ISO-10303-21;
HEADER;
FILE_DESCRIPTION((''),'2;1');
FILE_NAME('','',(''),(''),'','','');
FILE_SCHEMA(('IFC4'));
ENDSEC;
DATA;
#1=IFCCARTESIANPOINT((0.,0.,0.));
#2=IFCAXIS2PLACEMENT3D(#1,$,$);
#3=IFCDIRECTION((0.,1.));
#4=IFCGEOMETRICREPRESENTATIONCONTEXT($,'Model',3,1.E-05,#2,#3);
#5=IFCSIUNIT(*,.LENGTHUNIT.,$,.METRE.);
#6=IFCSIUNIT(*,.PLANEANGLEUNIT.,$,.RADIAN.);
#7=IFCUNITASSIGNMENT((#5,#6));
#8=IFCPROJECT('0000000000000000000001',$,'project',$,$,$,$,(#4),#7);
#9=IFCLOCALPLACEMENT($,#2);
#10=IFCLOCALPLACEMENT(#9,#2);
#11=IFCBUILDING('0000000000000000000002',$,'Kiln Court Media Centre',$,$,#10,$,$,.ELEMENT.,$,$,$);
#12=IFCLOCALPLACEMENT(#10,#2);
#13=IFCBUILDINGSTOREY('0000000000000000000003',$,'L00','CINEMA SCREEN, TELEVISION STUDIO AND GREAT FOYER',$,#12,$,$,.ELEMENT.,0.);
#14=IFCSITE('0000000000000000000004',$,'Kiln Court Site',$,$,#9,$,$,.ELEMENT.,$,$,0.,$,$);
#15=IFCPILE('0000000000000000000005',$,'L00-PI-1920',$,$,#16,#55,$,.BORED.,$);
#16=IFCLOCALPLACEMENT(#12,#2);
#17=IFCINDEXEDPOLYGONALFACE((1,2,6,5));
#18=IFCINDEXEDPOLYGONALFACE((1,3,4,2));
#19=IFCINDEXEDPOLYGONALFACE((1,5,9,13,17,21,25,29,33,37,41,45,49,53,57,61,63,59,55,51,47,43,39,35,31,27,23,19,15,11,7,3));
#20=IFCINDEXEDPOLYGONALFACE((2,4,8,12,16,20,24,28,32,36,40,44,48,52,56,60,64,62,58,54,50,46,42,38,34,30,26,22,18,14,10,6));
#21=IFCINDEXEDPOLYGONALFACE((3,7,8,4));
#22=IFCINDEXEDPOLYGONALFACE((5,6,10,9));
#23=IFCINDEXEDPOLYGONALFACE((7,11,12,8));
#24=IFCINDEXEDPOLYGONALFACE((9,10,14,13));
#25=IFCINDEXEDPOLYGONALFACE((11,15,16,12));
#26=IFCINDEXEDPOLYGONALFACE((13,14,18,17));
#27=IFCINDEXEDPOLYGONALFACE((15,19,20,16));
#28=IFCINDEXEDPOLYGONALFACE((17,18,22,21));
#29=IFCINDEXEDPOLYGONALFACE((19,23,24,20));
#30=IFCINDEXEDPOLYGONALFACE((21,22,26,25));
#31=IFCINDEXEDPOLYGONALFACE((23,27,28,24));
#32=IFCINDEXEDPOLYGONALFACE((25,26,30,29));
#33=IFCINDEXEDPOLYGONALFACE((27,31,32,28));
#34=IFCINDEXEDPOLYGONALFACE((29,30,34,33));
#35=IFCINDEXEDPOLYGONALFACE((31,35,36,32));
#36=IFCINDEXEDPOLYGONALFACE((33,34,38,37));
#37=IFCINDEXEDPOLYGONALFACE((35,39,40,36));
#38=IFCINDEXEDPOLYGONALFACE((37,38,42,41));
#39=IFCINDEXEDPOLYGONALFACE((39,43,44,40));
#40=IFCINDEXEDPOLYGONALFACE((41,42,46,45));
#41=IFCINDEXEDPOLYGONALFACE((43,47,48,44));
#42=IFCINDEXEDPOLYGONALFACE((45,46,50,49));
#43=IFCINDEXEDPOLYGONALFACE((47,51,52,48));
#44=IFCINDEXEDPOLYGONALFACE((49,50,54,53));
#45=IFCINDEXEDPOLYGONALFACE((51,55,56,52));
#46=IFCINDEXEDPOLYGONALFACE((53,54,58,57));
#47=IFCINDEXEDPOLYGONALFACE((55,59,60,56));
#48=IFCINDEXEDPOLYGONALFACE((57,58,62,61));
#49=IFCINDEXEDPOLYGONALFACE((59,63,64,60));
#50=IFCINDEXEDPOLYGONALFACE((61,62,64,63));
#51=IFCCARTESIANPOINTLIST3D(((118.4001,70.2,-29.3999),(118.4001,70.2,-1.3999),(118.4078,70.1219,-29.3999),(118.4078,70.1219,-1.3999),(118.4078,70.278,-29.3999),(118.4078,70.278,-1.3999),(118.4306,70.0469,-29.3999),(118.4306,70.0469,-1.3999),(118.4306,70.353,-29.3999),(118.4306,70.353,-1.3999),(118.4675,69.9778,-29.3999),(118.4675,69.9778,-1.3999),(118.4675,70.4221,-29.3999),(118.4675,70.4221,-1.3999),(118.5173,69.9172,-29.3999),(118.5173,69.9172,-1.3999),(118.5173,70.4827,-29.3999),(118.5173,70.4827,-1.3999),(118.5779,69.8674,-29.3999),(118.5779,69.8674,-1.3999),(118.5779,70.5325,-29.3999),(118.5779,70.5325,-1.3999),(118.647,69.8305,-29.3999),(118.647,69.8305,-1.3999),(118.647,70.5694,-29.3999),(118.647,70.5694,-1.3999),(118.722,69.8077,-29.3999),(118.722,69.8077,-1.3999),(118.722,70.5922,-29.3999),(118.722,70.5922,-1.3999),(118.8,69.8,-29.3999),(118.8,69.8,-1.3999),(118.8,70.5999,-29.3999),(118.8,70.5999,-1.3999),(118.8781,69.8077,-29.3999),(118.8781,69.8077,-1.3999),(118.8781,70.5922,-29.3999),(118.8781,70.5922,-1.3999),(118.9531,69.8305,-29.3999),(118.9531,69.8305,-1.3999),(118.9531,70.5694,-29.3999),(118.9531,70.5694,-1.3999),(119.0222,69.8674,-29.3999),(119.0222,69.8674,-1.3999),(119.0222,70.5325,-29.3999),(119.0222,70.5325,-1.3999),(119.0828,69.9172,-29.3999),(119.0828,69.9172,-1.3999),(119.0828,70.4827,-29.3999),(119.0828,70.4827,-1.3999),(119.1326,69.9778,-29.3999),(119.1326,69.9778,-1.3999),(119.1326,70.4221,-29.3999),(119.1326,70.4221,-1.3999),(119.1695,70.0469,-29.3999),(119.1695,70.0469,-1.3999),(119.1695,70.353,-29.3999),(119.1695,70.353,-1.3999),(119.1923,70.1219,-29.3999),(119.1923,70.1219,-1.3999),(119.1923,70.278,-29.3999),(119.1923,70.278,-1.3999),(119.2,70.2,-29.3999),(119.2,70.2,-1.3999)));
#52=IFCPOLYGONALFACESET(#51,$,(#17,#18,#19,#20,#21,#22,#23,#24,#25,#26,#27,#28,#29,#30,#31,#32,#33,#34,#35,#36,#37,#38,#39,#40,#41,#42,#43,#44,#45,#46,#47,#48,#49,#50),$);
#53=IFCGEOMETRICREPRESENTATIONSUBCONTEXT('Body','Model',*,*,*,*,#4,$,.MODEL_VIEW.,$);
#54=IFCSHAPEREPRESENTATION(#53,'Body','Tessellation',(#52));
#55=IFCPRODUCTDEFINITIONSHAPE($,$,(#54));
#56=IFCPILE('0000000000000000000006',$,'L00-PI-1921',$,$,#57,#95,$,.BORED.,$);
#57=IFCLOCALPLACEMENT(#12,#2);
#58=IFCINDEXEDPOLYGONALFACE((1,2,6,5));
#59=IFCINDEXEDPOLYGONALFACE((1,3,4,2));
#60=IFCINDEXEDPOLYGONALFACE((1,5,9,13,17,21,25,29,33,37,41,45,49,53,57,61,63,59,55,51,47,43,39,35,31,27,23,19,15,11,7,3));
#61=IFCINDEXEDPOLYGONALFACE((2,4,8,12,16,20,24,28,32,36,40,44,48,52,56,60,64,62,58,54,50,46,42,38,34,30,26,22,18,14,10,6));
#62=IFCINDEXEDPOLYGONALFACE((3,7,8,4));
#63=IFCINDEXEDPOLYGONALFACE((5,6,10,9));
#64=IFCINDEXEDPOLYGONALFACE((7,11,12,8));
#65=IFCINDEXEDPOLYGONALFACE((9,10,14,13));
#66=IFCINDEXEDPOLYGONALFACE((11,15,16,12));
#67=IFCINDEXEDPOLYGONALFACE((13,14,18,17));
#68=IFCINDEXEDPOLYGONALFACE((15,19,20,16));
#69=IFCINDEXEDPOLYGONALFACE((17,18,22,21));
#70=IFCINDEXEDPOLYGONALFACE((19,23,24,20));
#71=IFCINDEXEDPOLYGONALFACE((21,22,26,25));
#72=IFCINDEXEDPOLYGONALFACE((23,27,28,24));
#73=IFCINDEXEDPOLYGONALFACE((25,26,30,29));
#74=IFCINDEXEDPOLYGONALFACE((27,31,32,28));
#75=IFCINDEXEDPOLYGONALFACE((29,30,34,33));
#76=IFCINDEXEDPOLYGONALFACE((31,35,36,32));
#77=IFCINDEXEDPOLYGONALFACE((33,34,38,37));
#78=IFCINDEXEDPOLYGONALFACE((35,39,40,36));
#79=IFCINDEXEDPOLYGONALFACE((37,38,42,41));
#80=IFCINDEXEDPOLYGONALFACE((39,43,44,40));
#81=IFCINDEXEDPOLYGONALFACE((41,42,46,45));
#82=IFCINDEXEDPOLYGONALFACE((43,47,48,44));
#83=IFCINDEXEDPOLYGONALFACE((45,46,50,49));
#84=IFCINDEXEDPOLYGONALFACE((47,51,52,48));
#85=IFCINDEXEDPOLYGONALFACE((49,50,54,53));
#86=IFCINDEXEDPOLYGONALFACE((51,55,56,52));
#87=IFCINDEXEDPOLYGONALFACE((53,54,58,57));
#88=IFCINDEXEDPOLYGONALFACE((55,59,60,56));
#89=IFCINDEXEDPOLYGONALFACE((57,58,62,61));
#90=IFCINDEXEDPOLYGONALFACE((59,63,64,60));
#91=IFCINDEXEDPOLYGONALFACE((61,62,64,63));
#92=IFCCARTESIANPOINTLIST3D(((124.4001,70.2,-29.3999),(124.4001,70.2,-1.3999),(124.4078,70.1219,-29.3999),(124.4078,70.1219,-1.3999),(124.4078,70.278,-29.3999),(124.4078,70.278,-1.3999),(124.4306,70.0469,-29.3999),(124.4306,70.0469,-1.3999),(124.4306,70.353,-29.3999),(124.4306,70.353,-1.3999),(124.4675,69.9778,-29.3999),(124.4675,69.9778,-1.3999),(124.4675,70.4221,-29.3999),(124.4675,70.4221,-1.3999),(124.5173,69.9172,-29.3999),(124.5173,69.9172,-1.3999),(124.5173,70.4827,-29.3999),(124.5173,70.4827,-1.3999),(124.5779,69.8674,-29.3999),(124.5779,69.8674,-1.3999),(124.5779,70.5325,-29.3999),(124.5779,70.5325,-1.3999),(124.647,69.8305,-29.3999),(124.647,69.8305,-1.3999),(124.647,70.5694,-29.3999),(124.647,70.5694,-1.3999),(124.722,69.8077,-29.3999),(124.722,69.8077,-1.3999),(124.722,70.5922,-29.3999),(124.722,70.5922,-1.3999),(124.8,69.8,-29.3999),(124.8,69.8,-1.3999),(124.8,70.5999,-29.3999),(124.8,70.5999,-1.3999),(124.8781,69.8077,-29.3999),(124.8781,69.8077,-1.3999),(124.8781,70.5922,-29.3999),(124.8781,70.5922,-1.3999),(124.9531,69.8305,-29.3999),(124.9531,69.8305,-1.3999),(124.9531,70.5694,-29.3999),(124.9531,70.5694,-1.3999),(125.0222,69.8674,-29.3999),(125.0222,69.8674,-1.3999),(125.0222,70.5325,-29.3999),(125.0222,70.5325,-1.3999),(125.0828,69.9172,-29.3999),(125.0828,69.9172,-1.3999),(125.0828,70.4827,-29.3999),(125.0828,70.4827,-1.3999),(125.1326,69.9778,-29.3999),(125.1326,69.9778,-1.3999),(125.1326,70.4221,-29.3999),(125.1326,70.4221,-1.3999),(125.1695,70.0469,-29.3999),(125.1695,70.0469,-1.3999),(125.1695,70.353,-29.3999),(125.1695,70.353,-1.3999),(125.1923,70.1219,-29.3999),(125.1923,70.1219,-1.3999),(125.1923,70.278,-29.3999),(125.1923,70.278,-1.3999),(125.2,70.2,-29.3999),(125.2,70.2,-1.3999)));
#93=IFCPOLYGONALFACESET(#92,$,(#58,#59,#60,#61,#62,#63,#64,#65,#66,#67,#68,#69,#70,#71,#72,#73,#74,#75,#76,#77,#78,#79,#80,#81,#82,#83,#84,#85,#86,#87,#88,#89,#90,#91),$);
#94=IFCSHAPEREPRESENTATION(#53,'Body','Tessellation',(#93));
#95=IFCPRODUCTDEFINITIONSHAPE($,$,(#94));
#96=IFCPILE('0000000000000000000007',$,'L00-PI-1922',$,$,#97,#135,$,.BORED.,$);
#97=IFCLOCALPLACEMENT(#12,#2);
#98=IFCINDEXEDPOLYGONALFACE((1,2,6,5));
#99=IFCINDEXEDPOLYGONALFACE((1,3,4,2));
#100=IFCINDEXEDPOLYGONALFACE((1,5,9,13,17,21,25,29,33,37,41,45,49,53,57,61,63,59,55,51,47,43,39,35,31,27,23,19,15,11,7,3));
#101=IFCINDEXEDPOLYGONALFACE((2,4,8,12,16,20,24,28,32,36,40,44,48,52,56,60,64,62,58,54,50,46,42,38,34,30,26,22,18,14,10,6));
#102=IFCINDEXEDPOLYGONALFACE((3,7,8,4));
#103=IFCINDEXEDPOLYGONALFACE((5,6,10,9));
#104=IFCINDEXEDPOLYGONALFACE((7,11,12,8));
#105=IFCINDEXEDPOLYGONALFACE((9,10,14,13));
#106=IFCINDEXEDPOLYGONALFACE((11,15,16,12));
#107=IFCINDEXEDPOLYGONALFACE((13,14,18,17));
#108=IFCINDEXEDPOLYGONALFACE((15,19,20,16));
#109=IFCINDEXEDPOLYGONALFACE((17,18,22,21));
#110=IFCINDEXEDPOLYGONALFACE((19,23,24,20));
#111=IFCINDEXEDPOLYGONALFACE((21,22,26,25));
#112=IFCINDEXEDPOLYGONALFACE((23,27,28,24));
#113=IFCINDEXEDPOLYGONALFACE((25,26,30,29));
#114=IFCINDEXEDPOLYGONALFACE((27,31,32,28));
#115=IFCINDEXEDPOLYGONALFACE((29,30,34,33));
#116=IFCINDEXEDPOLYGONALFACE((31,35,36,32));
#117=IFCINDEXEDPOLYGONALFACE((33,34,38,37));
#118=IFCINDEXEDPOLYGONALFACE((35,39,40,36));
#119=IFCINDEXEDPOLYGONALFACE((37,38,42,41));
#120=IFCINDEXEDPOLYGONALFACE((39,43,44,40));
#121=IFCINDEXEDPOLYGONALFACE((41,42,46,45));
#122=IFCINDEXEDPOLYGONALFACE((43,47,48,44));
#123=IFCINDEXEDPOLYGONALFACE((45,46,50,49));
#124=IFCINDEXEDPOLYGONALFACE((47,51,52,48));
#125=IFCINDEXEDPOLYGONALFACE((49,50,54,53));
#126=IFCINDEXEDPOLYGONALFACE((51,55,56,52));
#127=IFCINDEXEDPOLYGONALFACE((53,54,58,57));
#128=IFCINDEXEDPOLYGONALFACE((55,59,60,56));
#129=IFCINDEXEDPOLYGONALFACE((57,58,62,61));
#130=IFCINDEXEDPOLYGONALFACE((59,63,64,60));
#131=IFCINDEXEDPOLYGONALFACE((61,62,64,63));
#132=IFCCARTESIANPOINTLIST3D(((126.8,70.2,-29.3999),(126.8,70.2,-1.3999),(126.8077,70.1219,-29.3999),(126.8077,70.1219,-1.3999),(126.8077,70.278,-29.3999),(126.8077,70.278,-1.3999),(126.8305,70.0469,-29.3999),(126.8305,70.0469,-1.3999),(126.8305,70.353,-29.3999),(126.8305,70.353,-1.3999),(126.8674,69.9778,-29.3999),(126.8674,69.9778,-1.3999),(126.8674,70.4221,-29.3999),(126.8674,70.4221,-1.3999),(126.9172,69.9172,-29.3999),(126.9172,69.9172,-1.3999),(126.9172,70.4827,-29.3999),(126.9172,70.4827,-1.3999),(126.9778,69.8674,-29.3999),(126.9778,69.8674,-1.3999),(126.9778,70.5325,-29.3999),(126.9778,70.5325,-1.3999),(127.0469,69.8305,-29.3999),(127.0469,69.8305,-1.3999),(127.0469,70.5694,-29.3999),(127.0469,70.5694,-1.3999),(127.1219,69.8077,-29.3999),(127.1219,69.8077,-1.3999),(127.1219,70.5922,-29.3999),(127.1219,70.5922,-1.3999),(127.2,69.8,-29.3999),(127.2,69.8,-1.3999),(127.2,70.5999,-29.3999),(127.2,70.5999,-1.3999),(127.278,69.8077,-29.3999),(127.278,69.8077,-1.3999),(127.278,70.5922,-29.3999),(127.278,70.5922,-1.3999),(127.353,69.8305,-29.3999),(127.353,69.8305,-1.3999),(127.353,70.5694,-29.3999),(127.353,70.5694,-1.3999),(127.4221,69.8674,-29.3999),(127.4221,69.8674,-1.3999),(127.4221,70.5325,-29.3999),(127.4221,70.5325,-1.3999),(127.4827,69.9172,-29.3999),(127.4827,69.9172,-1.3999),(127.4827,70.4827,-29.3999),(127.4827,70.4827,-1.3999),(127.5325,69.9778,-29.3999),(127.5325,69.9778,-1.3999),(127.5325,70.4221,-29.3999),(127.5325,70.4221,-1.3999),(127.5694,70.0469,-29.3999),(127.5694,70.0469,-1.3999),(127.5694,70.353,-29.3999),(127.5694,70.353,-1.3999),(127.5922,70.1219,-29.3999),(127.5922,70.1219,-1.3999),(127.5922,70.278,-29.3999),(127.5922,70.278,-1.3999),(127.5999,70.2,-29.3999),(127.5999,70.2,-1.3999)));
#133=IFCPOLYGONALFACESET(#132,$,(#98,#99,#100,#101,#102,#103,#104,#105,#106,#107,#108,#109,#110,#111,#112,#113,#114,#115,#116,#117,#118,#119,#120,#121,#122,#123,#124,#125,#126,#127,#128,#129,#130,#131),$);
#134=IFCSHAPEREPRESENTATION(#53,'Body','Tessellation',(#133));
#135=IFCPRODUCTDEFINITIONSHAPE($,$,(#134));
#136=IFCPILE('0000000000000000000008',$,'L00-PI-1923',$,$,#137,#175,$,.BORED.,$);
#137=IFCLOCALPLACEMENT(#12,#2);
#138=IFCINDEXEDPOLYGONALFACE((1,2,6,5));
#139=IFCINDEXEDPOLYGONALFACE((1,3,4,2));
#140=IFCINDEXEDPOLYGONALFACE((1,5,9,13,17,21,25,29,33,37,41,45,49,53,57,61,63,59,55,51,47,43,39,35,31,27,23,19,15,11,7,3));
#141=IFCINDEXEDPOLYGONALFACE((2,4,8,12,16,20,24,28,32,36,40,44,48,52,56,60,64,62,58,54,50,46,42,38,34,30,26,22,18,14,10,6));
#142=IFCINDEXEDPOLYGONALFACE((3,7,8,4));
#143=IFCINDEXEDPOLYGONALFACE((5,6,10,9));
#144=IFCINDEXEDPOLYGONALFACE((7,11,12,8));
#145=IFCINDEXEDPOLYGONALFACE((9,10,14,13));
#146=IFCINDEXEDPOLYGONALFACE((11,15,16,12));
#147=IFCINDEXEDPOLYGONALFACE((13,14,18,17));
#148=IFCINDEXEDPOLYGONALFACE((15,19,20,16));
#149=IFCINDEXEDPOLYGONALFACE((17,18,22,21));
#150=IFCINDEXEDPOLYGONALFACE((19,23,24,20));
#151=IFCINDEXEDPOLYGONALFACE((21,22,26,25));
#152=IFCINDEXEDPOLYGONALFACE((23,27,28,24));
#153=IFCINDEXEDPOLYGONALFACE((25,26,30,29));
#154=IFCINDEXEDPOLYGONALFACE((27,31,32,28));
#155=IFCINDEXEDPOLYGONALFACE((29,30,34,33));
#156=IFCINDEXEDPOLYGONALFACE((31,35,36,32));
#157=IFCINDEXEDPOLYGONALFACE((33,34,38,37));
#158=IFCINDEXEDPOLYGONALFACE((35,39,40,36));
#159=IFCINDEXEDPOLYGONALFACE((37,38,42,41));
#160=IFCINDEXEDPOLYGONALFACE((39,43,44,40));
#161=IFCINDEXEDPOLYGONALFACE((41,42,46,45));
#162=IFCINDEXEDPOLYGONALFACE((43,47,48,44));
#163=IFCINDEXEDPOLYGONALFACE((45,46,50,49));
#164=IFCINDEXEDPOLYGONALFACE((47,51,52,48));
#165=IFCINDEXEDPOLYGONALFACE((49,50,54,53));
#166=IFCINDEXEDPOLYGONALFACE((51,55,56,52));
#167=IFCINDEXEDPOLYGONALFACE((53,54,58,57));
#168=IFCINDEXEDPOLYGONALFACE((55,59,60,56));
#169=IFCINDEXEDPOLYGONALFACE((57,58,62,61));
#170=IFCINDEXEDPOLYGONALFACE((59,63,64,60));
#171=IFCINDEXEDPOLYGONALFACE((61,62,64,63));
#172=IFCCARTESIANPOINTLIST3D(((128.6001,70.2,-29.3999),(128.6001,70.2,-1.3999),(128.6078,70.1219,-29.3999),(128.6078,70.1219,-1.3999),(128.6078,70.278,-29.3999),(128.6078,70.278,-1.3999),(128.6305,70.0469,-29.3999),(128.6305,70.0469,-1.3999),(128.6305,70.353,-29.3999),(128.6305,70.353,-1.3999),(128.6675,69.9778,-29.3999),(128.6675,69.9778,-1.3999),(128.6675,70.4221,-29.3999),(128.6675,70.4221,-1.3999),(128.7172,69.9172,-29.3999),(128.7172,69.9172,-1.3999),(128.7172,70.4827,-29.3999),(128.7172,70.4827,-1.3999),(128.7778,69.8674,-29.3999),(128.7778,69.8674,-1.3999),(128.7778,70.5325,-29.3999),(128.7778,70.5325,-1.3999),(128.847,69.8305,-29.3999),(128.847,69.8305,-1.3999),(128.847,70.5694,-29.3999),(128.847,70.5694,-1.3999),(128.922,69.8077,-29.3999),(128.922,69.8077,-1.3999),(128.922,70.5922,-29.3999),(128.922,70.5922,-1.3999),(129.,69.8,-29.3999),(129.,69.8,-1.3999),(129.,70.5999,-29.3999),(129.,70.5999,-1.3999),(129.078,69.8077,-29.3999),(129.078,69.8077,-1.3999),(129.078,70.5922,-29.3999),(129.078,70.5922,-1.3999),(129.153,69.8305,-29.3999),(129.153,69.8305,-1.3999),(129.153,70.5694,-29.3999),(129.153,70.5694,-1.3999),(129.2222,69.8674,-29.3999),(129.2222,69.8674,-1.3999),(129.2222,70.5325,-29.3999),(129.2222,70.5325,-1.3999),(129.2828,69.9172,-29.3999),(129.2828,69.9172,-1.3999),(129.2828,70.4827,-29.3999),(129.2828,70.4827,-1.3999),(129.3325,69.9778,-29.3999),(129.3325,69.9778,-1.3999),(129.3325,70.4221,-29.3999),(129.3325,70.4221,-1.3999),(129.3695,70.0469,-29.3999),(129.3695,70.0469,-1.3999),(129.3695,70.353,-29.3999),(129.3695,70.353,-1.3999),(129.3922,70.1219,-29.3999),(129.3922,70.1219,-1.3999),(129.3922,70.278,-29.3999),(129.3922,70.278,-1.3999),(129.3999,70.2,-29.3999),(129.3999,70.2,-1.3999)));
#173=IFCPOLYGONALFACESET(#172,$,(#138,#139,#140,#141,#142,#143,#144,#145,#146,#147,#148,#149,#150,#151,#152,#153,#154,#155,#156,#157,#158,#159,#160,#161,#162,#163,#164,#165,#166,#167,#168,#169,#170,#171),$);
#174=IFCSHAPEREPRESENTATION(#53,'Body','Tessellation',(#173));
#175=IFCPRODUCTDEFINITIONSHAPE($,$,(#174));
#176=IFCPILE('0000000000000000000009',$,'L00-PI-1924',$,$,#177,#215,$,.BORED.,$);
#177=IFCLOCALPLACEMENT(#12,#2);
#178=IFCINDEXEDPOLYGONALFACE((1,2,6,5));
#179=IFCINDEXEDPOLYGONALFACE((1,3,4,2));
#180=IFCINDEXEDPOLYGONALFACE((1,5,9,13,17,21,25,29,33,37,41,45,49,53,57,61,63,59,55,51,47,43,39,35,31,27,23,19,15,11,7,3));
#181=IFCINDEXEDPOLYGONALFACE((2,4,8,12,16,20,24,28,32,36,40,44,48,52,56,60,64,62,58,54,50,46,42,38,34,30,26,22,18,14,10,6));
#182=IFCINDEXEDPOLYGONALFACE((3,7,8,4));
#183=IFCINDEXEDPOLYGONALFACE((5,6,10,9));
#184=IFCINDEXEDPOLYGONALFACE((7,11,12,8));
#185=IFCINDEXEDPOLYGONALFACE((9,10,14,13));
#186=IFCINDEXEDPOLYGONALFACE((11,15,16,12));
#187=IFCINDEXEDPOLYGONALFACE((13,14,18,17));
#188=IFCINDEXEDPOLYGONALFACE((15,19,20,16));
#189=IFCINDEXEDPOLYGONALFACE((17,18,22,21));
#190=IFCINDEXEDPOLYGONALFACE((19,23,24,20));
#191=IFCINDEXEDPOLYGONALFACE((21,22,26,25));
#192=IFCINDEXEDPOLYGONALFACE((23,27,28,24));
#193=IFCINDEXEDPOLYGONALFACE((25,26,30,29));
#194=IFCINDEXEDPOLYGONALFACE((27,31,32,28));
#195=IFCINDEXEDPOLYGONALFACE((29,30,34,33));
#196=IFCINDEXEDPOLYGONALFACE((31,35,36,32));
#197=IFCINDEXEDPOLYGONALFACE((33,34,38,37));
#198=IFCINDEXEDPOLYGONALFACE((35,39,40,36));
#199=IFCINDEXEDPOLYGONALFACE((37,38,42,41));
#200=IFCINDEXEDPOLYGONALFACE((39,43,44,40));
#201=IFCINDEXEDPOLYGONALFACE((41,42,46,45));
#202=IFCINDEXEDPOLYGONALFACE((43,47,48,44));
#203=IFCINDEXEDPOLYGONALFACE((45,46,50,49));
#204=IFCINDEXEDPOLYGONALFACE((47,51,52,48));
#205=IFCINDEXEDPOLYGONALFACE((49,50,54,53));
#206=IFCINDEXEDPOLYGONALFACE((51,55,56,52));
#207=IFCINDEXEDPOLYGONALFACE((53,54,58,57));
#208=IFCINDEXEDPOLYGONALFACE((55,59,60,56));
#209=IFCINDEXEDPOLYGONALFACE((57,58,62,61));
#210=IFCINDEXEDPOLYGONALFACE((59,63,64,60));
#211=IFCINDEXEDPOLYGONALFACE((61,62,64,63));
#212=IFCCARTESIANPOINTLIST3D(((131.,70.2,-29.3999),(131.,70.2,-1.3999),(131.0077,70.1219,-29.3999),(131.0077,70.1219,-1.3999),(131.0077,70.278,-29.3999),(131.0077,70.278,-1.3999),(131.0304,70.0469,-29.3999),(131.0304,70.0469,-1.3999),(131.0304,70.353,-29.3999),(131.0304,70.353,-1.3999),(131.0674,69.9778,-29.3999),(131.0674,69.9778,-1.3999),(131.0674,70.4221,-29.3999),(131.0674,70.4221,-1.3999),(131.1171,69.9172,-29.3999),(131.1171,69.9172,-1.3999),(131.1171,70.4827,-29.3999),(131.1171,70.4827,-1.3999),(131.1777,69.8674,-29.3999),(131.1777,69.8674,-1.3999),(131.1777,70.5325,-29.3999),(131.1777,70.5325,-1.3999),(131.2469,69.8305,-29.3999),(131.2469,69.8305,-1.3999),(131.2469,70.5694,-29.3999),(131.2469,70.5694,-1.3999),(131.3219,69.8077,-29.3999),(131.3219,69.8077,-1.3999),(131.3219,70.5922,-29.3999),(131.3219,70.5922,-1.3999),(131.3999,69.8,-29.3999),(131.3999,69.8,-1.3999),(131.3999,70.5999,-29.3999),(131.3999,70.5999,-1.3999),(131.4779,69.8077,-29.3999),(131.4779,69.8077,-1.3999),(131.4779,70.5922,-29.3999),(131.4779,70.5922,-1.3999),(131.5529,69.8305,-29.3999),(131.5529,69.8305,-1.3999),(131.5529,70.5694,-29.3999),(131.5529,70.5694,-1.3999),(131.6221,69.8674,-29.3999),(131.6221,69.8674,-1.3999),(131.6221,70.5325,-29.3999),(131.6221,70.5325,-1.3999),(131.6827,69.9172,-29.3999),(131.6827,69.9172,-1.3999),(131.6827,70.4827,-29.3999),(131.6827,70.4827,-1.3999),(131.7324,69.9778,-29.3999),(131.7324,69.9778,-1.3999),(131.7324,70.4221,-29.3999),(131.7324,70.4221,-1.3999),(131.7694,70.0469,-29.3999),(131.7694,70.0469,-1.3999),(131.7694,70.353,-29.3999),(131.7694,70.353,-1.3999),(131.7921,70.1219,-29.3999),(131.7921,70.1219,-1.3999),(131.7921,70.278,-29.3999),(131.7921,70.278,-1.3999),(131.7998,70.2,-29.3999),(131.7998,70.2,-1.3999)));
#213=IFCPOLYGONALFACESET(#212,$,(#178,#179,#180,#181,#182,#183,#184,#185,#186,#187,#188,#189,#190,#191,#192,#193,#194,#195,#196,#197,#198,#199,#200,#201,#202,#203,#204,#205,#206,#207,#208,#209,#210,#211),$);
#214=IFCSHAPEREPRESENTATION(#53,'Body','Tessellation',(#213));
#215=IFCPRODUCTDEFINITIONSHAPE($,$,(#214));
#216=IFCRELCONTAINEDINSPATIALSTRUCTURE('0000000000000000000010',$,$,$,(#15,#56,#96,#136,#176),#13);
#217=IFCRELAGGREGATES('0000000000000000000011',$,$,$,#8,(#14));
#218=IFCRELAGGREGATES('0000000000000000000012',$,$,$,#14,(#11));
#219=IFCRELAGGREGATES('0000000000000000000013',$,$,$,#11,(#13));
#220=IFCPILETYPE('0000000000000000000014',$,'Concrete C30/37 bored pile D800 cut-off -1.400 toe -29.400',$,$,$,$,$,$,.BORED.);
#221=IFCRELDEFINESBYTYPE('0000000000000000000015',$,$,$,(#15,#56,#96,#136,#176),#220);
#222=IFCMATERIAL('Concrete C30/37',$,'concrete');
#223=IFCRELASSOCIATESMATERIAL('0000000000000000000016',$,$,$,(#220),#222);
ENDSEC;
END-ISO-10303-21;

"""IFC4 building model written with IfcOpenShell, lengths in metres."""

from ifc_helpers import new_model, si_unit, direction, frame, origin, origin_2d, place, context, subcontext, project, spatial, circle, extrude, material, material_profile, profile_set, type_object, element, save


model = new_model("IFC4")

# Units and contexts
model_context = context("Model", 3, precision=1e-05, world=origin(), true_north=direction((0.0, 1.0)))
body_context = subcontext(model_context, "Body", "Model", "MODEL_VIEW")
ifc_project = project(units=[si_unit("LENGTHUNIT", "METRE"), si_unit("PLANEANGLEUNIT", "RADIAN")], contexts=[model_context])

# Site, building, storey
site_placement = place(None, origin())
site = spatial("IfcSite", under=ifc_project, at=site_placement, Name="Kiln Court Site", CompositionType="ELEMENT", RefElevation=0.0)
building_placement = place(site_placement, origin())
building = spatial("IfcBuilding", under=site, at=building_placement, Name="Kiln Court Media Centre", CompositionType="ELEMENT")
storey_placement = place(building_placement, origin())
storey = spatial("IfcBuildingStorey", under=building, at=storey_placement, Name="L00", Description="CINEMA SCREEN, TELEVISION STUDIO AND GREAT FOYER", CompositionType="ELEMENT", Elevation=0.0)

# Piles
ifc_material_1 = material(Name="Concrete C30/37", Category="concrete")
ifc_material_profile_1 = material_profile(ifc_material_1, circle(Radius=0.3999, at=origin_2d()), Name="PILE D800")
ifc_profile_set_1 = profile_set([ifc_material_profile_1], Name="Concrete C30/37")
pile_type = type_object("IfcPileType", Name="Concrete C30/37 bored pile D800 cut-off -1.400 toe -29.400", PredefinedType="BORED", material=ifc_profile_set_1)
for number, where, z_axis, x_axis, name in (
    (1, (118.8, 70.2, -1.3999), (0.0, 0.0, -1.0), (1.0, 0.0, 0.0), "L00-PI-1920"),
    (2, (124.8, 70.2, -1.3999), (0.0, 0.0, -1.0), (1.0, 0.0, 0.0), "L00-PI-1921"),
    (3, (127.2, 70.2, -1.3999), (0.0, 0.0, -1.0), (1.0, 0.0, 0.0), "L00-PI-1922"),
    (4, (129.0, 70.2, -1.3999), (0.0, 0.0, -1.0), (1.0, 0.0, 0.0), "L00-PI-1923"),
    (5, (131.3999, 70.2, -1.3999), (0.0, 0.0, -1.0), (1.0, 0.0, 0.0), "L00-PI-1924"),
):
    element("IfcPile", number, at=place(storey_placement, frame(where, z_axis=z_axis, x_axis=x_axis)), inside=storey, type_object=pile_type, Name=name, PredefinedType="BORED", context=body_context, shape_type="SweptSolid", body=[
        extrude(circle(Radius=0.3999, at=origin_2d()), origin(), (0.0, 0.0, 1.0), 28.0),
    ])

save(model, "model.ifc")
